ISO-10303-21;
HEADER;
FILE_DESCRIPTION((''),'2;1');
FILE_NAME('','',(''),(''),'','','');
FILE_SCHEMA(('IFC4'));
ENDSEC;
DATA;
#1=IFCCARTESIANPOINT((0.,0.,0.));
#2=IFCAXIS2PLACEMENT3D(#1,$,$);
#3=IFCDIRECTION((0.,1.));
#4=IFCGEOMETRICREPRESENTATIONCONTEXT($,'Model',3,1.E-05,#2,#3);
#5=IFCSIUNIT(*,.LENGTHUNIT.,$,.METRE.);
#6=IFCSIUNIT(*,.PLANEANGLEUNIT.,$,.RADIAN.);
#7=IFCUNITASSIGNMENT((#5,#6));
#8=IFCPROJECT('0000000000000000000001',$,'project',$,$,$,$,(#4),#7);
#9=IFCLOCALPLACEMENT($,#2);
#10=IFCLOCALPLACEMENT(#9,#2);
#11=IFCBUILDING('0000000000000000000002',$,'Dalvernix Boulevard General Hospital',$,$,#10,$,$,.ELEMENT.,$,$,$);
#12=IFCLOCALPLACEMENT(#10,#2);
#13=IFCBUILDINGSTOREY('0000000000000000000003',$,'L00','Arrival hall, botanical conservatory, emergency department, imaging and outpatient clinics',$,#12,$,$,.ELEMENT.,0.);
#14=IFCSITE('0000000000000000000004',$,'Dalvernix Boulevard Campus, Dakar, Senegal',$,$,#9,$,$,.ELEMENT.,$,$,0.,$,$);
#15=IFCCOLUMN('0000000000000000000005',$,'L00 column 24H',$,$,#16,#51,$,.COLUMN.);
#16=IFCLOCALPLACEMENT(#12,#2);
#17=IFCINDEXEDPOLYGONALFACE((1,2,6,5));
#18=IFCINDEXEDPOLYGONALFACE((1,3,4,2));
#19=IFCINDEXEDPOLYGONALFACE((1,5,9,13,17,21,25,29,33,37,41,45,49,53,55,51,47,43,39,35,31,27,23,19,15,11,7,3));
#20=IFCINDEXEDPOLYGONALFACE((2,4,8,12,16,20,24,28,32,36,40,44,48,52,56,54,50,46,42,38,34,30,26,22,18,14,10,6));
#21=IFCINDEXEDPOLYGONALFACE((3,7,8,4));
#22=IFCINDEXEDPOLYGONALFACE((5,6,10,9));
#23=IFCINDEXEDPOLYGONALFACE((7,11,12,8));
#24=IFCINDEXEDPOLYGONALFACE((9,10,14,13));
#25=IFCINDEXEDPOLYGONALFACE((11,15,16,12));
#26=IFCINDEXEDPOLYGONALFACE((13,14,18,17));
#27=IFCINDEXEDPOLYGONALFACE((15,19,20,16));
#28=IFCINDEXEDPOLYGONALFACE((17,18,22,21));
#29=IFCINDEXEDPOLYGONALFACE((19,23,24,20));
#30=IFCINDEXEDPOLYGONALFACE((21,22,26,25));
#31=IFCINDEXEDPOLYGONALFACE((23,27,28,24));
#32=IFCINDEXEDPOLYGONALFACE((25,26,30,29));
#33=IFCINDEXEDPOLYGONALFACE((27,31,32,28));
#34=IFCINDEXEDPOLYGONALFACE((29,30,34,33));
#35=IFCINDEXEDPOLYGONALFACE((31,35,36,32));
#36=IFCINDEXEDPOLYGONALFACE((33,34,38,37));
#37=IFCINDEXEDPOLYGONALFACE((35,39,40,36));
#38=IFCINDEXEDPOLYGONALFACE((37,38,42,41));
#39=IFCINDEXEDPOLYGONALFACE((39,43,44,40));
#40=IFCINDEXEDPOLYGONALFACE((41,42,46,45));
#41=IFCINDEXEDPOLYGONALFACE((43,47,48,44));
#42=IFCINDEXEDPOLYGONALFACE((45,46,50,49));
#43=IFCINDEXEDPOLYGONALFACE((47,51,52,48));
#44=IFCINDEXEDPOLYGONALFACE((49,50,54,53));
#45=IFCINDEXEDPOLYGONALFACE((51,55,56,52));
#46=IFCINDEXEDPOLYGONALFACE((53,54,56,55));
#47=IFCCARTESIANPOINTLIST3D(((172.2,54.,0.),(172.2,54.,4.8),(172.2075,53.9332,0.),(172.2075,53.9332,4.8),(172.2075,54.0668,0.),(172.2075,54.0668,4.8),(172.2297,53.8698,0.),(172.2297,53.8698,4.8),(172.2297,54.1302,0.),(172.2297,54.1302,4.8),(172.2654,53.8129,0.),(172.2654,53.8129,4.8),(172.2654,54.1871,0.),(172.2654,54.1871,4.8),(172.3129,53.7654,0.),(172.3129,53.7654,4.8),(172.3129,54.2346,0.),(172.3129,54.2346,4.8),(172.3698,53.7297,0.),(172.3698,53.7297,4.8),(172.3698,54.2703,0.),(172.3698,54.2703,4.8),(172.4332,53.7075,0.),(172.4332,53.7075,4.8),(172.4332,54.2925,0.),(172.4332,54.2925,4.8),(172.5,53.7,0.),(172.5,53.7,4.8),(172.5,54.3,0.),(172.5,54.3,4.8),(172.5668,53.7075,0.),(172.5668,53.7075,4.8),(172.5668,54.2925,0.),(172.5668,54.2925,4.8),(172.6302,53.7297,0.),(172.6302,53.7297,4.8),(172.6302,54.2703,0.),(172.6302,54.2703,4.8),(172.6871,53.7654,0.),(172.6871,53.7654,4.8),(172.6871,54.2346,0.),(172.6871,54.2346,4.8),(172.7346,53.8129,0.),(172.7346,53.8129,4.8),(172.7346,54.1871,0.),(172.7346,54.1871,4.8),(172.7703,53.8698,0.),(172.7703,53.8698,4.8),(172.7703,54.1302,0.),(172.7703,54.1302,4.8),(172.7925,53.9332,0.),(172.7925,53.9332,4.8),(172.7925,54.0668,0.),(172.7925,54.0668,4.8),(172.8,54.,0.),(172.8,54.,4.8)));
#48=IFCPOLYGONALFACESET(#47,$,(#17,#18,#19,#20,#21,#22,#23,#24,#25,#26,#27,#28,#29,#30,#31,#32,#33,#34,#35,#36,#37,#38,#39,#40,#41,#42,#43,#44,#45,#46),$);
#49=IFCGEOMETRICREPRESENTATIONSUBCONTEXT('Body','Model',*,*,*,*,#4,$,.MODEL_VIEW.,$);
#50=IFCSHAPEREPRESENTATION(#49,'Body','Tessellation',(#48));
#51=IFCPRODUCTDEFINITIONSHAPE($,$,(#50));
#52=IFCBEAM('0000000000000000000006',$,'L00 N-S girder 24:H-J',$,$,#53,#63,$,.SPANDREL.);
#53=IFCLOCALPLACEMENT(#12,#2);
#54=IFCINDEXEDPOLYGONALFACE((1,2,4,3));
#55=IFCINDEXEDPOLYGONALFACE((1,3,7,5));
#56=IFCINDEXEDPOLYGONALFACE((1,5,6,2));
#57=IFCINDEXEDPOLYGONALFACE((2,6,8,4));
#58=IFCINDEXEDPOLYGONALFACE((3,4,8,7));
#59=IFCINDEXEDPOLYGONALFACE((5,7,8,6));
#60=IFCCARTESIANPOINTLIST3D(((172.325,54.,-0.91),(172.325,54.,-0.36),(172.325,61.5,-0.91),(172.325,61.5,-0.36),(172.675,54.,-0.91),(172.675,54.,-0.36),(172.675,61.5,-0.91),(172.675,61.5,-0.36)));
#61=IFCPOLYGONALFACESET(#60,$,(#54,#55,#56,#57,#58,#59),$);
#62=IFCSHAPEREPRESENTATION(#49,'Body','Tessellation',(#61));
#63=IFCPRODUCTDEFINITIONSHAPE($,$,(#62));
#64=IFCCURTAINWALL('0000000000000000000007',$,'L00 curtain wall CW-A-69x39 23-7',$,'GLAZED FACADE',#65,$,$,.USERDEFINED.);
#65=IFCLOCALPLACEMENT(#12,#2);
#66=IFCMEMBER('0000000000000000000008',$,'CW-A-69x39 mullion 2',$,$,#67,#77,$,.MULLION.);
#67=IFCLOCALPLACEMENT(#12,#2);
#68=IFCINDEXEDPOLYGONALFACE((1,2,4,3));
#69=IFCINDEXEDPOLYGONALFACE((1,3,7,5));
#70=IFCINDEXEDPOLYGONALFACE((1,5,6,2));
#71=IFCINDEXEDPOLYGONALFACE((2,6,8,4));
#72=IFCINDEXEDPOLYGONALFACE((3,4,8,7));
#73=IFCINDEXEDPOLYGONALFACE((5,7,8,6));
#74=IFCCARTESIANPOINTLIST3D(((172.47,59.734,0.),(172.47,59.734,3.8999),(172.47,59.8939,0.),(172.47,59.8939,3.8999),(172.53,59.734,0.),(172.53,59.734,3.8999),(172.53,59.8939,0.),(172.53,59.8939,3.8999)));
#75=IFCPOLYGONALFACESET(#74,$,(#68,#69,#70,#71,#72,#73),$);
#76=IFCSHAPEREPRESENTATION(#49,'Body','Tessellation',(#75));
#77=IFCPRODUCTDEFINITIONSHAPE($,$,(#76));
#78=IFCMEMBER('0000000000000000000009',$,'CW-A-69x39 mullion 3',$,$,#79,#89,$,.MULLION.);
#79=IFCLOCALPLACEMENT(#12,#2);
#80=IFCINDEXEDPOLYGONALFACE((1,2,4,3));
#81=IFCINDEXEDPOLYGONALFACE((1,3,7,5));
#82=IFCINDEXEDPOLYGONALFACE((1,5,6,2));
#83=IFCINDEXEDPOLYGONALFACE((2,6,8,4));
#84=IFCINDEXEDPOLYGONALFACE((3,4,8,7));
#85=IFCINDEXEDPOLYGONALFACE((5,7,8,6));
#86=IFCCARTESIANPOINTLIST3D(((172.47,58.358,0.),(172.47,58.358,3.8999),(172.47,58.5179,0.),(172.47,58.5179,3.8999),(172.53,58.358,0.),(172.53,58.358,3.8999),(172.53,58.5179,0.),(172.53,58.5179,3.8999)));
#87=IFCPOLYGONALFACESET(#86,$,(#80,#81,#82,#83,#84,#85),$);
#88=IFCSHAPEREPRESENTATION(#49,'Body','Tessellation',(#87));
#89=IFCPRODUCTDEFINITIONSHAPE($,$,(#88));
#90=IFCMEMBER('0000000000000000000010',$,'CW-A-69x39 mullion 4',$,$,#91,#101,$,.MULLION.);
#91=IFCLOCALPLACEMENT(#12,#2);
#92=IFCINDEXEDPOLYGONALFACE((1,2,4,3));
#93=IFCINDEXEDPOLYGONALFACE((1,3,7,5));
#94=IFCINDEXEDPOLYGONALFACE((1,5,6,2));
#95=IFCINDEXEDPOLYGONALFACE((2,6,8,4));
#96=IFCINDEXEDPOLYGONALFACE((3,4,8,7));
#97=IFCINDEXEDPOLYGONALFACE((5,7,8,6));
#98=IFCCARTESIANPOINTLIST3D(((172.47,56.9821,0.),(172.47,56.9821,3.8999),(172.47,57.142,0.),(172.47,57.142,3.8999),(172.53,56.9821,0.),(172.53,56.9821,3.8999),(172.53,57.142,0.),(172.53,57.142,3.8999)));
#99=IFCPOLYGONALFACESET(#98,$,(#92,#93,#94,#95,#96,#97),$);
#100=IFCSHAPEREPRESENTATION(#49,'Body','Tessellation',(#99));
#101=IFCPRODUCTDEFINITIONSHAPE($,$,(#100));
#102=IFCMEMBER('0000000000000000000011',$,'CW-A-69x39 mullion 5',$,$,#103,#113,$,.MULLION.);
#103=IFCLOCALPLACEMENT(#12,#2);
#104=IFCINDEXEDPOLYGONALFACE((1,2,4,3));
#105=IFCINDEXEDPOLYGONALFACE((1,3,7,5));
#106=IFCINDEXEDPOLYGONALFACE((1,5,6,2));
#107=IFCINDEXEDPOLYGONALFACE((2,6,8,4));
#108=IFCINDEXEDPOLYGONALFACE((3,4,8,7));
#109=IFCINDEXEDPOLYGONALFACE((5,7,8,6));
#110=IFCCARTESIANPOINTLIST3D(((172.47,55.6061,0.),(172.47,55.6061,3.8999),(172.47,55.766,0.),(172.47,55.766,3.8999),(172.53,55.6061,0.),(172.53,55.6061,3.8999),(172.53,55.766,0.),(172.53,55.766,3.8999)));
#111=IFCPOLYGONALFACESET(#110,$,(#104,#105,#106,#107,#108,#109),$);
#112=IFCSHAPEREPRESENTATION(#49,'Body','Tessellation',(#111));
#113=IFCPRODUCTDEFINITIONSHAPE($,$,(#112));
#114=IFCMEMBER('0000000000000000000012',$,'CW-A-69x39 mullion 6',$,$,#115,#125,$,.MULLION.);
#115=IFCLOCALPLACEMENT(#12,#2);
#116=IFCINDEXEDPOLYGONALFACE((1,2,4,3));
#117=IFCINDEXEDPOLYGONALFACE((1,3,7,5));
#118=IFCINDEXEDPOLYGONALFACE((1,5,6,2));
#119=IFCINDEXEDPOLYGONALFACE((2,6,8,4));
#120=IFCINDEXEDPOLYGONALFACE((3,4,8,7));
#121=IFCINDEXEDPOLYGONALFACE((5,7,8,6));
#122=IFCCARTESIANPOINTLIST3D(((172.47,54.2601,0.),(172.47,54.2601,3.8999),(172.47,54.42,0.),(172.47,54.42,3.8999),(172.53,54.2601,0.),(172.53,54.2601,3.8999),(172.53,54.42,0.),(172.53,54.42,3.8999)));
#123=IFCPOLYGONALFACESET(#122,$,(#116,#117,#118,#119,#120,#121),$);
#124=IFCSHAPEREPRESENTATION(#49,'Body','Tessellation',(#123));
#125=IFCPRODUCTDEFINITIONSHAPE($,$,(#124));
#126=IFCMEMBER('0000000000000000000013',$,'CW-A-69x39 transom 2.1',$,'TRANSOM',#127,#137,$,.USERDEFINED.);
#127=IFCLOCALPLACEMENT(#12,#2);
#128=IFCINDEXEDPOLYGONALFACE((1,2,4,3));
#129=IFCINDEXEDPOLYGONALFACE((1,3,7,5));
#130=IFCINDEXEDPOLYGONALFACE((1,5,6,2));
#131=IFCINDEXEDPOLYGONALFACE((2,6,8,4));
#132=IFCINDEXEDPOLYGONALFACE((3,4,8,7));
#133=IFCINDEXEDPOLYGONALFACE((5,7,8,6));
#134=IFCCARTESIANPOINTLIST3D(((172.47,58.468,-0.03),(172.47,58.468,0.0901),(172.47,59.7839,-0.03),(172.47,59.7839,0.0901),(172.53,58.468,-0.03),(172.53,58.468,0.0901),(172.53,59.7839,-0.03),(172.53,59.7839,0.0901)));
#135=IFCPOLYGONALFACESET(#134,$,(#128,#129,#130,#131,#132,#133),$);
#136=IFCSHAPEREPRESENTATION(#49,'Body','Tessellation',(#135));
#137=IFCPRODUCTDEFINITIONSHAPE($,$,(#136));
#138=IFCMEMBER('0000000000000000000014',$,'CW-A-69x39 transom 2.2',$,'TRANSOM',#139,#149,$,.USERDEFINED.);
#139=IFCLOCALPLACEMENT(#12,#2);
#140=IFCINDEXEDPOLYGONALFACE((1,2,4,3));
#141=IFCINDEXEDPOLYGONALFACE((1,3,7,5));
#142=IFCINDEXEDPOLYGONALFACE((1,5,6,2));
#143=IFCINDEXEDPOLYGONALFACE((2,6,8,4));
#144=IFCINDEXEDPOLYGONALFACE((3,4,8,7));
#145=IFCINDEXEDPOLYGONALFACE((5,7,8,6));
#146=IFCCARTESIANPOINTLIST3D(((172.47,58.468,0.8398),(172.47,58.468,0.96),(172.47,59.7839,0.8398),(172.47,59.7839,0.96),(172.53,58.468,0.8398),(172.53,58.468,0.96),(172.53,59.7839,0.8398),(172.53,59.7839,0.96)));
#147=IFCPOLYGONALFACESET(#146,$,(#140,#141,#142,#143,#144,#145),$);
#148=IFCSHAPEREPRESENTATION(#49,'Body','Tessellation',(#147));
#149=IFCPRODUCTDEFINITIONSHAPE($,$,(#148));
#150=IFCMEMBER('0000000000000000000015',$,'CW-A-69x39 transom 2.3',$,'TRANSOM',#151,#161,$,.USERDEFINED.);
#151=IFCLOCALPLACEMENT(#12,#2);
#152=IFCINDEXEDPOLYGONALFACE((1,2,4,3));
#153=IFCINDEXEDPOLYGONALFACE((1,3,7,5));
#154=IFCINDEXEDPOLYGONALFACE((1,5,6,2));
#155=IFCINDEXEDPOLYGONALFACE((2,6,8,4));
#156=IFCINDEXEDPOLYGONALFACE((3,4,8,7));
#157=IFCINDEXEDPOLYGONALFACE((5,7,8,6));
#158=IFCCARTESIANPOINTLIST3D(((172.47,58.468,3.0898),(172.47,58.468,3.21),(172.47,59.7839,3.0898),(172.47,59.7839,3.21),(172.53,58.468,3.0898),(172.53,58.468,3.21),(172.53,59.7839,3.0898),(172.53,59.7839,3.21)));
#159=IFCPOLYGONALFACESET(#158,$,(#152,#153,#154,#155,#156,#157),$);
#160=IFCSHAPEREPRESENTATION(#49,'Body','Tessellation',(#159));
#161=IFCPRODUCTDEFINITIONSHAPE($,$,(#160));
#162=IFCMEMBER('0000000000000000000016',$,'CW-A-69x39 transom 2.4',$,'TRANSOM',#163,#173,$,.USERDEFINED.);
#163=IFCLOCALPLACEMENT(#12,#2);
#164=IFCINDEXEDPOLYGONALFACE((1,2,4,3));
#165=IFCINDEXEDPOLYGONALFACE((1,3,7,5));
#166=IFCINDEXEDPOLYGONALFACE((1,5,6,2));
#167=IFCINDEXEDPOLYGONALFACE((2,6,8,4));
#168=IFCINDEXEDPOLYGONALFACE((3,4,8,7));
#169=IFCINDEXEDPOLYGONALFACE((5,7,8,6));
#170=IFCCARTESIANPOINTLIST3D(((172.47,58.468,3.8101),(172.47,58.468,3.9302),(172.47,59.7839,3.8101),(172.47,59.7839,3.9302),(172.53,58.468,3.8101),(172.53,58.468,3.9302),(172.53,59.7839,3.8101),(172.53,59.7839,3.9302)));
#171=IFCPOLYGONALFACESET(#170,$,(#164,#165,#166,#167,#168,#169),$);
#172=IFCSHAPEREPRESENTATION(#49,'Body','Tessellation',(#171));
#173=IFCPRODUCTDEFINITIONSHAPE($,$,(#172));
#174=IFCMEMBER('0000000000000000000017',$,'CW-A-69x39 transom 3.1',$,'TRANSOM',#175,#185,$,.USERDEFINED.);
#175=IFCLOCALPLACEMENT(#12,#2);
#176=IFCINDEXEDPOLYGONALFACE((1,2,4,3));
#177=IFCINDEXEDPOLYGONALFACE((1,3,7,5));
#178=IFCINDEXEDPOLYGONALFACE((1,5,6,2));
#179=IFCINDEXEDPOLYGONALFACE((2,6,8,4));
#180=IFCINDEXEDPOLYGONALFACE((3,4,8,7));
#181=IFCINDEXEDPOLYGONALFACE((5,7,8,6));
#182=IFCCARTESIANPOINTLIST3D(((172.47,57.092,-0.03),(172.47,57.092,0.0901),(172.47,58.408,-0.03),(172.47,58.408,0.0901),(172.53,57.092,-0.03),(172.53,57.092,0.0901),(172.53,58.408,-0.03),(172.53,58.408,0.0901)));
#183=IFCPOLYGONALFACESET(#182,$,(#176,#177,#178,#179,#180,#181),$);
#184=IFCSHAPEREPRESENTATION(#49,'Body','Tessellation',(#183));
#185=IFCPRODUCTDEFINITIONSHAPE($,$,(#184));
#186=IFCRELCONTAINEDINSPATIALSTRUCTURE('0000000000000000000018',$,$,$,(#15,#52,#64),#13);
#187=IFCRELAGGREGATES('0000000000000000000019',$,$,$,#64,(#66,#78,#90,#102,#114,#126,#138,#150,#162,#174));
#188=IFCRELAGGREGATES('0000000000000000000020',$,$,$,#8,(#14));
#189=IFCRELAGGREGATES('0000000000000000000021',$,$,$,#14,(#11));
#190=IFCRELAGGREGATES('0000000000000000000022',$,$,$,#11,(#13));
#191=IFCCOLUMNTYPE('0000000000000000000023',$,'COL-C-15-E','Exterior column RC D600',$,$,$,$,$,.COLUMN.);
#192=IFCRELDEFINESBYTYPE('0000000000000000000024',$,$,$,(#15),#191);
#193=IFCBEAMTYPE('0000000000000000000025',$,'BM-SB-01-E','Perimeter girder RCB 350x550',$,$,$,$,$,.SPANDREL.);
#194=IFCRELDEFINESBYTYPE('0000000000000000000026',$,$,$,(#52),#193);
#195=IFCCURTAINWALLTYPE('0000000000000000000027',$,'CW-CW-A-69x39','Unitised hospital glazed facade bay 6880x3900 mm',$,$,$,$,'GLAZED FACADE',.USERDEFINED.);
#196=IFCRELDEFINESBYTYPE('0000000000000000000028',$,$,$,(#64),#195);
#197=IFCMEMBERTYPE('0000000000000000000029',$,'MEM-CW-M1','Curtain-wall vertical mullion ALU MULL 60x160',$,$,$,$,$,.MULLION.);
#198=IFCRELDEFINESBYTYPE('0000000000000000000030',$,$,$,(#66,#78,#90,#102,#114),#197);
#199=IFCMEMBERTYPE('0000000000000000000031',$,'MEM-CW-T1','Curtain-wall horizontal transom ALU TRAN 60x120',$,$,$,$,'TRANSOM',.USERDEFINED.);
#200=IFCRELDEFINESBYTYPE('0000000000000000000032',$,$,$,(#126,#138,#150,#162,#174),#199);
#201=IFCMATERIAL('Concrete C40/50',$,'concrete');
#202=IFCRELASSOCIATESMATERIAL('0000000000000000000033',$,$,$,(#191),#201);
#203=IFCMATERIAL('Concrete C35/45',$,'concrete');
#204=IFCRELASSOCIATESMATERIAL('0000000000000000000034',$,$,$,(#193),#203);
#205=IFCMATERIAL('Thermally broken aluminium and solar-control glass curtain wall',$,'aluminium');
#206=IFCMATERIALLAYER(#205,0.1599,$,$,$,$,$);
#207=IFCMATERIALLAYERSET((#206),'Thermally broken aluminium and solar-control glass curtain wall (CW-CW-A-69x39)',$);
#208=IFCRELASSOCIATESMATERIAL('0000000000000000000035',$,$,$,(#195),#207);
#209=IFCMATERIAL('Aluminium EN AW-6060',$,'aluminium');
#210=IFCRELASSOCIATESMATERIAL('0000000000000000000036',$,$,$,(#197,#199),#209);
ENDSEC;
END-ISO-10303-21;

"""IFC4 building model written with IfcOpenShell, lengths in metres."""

from ifc_helpers import new_model, si_unit, direction, frame, origin, origin_2d, place, context, subcontext, project, spatial, rectangle, circle, extrude, material, layer, layer_set, material_profile, profile_set, type_object, element, aggregate, save


model = new_model("IFC4")

# Units and contexts
model_context = context("Model", 3, precision=1e-05, world=origin(), true_north=direction((0.0, 1.0)))
body_context = subcontext(model_context, "Body", "Model", "MODEL_VIEW")
ifc_project = project(units=[si_unit("LENGTHUNIT", "METRE"), si_unit("PLANEANGLEUNIT", "RADIAN")], contexts=[model_context])

# Site, building, storey
site_placement = place(None, origin())
site = spatial("IfcSite", under=ifc_project, at=site_placement, Name="Dalvernix Boulevard Campus, Dakar, Senegal", CompositionType="ELEMENT", RefElevation=0.0)
building_placement = place(site_placement, origin())
building = spatial("IfcBuilding", under=site, at=building_placement, Name="Dalvernix Boulevard General Hospital", CompositionType="ELEMENT")
storey_placement = place(building_placement, origin())
storey = spatial("IfcBuildingStorey", under=building, at=storey_placement, Name="L00", Description="Arrival hall, botanical conservatory, emergency department, imaging and outpatient clinics", CompositionType="ELEMENT", Elevation=0.0)

# Column
ifc_material_1 = material(Name="Concrete C40/50", Category="concrete")
ifc_material_profile_1 = material_profile(ifc_material_1, circle(Radius=0.3, at=origin_2d()), Name="RC D600")
ifc_profile_set_1 = profile_set([ifc_material_profile_1], Name="Concrete C40/50")
column_type = type_object("IfcColumnType", Name="COL-C-15-E", Description="Exterior column RC D600", PredefinedType="COLUMN", material=ifc_profile_set_1)
column_placement = place(storey_placement, frame((172.5, 54.0, 0.0), z_axis=(0.0, 0.0, 1.0), x_axis=(1.0, 0.0, 0.0)))
element("IfcColumn", 1, at=column_placement, inside=storey, type_object=column_type, Name="L00 column 24H", PredefinedType="COLUMN", context=body_context, shape_type="SweptSolid", body=[
    extrude(circle(Radius=0.3, at=origin_2d()), origin(), (0.0, 0.0, 1.0), 4.8),
])

# Beam
ifc_material_2 = material(Name="Concrete C35/45", Category="concrete")
ifc_material_profile_2 = material_profile(ifc_material_2, rectangle(XDim=0.3501, YDim=0.55, at=origin_2d()), Name="RCB 350x550")
ifc_profile_set_2 = profile_set([ifc_material_profile_2], Name="Concrete C35/45")
beam_type = type_object("IfcBeamType", Name="BM-SB-01-E", Description="Perimeter girder RCB 350x550", PredefinedType="SPANDREL", material=ifc_profile_set_2)
beam_placement = place(storey_placement, frame((172.5, 54.0, -0.635), z_axis=(0.0, 1.0, 0.0), x_axis=(-1.0, 0.0, 0.0)))
element("IfcBeam", 2, at=beam_placement, inside=storey, type_object=beam_type, Name="L00 N-S girder 24:H-J", PredefinedType="SPANDREL", context=body_context, shape_type="SweptSolid", body=[
    extrude(rectangle(XDim=0.3501, YDim=0.55, at=origin_2d()), origin(), (0.0, 0.0, 1.0), 7.5),
])

# Curtain wall, members
ifc_material_3 = material(Name="Thermally broken aluminium and solar-control glass curtain wall", Category="aluminium")
ifc_layer_1 = layer(ifc_material_3, 0.1599)
ifc_layer_set_1 = layer_set([ifc_layer_1], Name="Thermally broken aluminium and solar-control glass curtain wall (CW-CW-A-69x39)")
curtain_wall_type = type_object("IfcCurtainWallType", Name="CW-CW-A-69x39", Description="Unitised hospital glazed facade bay 6880x3900 mm", ElementType="GLAZED FACADE", PredefinedType="USERDEFINED", material=ifc_layer_set_1)
curtain_wall_placement = place(storey_placement, origin())
curtain_wall = element("IfcCurtainWall", 3, at=curtain_wall_placement, inside=storey, type_object=curtain_wall_type, Name="L00 curtain wall CW-A-69x39 23-7", ObjectType="GLAZED FACADE", PredefinedType="USERDEFINED")
ifc_material_4 = material(Name="Aluminium EN AW-6060", Category="aluminium")
ifc_material_profile_3 = material_profile(ifc_material_4, rectangle(XDim=0.0601, YDim=0.1599, at=origin_2d()), Name="ALU MULL 60x160")
ifc_profile_set_3 = profile_set([ifc_material_profile_3], Name="Aluminium EN AW-6060")
member_type_1 = type_object("IfcMemberType", Name="MEM-CW-M1", Description="Curtain-wall vertical mullion ALU MULL 60x160", PredefinedType="MULLION", material=ifc_profile_set_3)
member_1_placement = place(storey_placement, frame((172.5, 59.814, 0.0), z_axis=(0.0, 0.0, 1.0), x_axis=(1.0, 0.0, 0.0)))
member_1 = element("IfcMember", 4, at=member_1_placement, type_object=member_type_1, Name="CW-A-69x39 mullion 2", PredefinedType="MULLION", context=body_context, shape_type="SweptSolid", body=[
    extrude(rectangle(XDim=0.0601, YDim=0.1599, at=origin_2d()), origin(), (0.0, 0.0, 1.0), 3.8999),
])
member_2_placement = place(storey_placement, frame((172.5, 58.438, 0.0), z_axis=(0.0, 0.0, 1.0), x_axis=(1.0, 0.0, 0.0)))
member_2 = element("IfcMember", 5, at=member_2_placement, type_object=member_type_1, Name="CW-A-69x39 mullion 3", PredefinedType="MULLION", context=body_context, shape_type="SweptSolid", body=[
    extrude(rectangle(XDim=0.0601, YDim=0.1599, at=origin_2d()), origin(), (0.0, 0.0, 1.0), 3.8999),
])
member_3_placement = place(storey_placement, frame((172.5, 57.062, 0.0), z_axis=(0.0, 0.0, 1.0), x_axis=(1.0, 0.0, 0.0)))
member_3 = element("IfcMember", 6, at=member_3_placement, type_object=member_type_1, Name="CW-A-69x39 mullion 4", PredefinedType="MULLION", context=body_context, shape_type="SweptSolid", body=[
    extrude(rectangle(XDim=0.0601, YDim=0.1599, at=origin_2d()), origin(), (0.0, 0.0, 1.0), 3.8999),
])
member_4_placement = place(storey_placement, frame((172.5, 55.686, 0.0), z_axis=(0.0, 0.0, 1.0), x_axis=(1.0, 0.0, 0.0)))
member_4 = element("IfcMember", 7, at=member_4_placement, type_object=member_type_1, Name="CW-A-69x39 mullion 5", PredefinedType="MULLION", context=body_context, shape_type="SweptSolid", body=[
    extrude(rectangle(XDim=0.0601, YDim=0.1599, at=origin_2d()), origin(), (0.0, 0.0, 1.0), 3.8999),
])
member_5_placement = place(storey_placement, frame((172.5, 54.3401, 0.0), z_axis=(0.0, 0.0, 1.0), x_axis=(1.0, 0.0, 0.0)))
member_5 = element("IfcMember", 8, at=member_5_placement, type_object=member_type_1, Name="CW-A-69x39 mullion 6", PredefinedType="MULLION", context=body_context, shape_type="SweptSolid", body=[
    extrude(rectangle(XDim=0.0601, YDim=0.1599, at=origin_2d()), origin(), (0.0, 0.0, 1.0), 3.8999),
])
ifc_material_profile_4 = material_profile(ifc_material_4, rectangle(XDim=0.0601, YDim=0.1201, at=origin_2d()), Name="ALU TRAN 60x120")
ifc_profile_set_4 = profile_set([ifc_material_profile_4], Name="Aluminium EN AW-6060")
member_type_2 = type_object("IfcMemberType", Name="MEM-CW-T1", Description="Curtain-wall horizontal transom ALU TRAN 60x120", ElementType="TRANSOM", PredefinedType="USERDEFINED", material=ifc_profile_set_4)
member_6_placement = place(storey_placement, frame((172.5, 59.7839, 0.03), z_axis=(0.0, -1.0, 0.0), x_axis=(1.0, 0.0, 0.0)))
member_6 = element("IfcMember", 9, at=member_6_placement, type_object=member_type_2, Name="CW-A-69x39 transom 2.1", ObjectType="TRANSOM", PredefinedType="USERDEFINED", context=body_context, shape_type="SweptSolid", body=[
    extrude(rectangle(XDim=0.0601, YDim=0.1201, at=origin_2d()), origin(), (0.0, 0.0, 1.0), 1.3159),
])
member_7_placement = place(storey_placement, frame((172.5, 59.7839, 0.8999), z_axis=(0.0, -1.0, 0.0), x_axis=(1.0, 0.0, 0.0)))
member_7 = element("IfcMember", 10, at=member_7_placement, type_object=member_type_2, Name="CW-A-69x39 transom 2.2", ObjectType="TRANSOM", PredefinedType="USERDEFINED", context=body_context, shape_type="SweptSolid", body=[
    extrude(rectangle(XDim=0.0601, YDim=0.1201, at=origin_2d()), origin(), (0.0, 0.0, 1.0), 1.3159),
])
member_8_placement = place(storey_placement, frame((172.5, 59.7839, 3.1499), z_axis=(0.0, -1.0, 0.0), x_axis=(1.0, 0.0, 0.0)))
member_8 = element("IfcMember", 11, at=member_8_placement, type_object=member_type_2, Name="CW-A-69x39 transom 2.3", ObjectType="TRANSOM", PredefinedType="USERDEFINED", context=body_context, shape_type="SweptSolid", body=[
    extrude(rectangle(XDim=0.0601, YDim=0.1201, at=origin_2d()), origin(), (0.0, 0.0, 1.0), 1.3159),
])
member_9_placement = place(storey_placement, frame((172.5, 59.7839, 3.8701), z_axis=(0.0, -1.0, 0.0), x_axis=(1.0, 0.0, 0.0)))
member_9 = element("IfcMember", 12, at=member_9_placement, type_object=member_type_2, Name="CW-A-69x39 transom 2.4", ObjectType="TRANSOM", PredefinedType="USERDEFINED", context=body_context, shape_type="SweptSolid", body=[
    extrude(rectangle(XDim=0.0601, YDim=0.1201, at=origin_2d()), origin(), (0.0, 0.0, 1.0), 1.3159),
])
member_10_placement = place(storey_placement, frame((172.5, 58.408, 0.03), z_axis=(0.0, -1.0, 0.0), x_axis=(1.0, 0.0, 0.0)))
member_10 = element("IfcMember", 13, at=member_10_placement, type_object=member_type_2, Name="CW-A-69x39 transom 3.1", ObjectType="TRANSOM", PredefinedType="USERDEFINED", context=body_context, shape_type="SweptSolid", body=[
    extrude(rectangle(XDim=0.0601, YDim=0.1201, at=origin_2d()), origin(), (0.0, 0.0, 1.0), 1.3159),
])
aggregate(curtain_wall, [member_1, member_2, member_3, member_4, member_5, member_6, member_7, member_8, member_9, member_10])

save(model, "model.ifc")
